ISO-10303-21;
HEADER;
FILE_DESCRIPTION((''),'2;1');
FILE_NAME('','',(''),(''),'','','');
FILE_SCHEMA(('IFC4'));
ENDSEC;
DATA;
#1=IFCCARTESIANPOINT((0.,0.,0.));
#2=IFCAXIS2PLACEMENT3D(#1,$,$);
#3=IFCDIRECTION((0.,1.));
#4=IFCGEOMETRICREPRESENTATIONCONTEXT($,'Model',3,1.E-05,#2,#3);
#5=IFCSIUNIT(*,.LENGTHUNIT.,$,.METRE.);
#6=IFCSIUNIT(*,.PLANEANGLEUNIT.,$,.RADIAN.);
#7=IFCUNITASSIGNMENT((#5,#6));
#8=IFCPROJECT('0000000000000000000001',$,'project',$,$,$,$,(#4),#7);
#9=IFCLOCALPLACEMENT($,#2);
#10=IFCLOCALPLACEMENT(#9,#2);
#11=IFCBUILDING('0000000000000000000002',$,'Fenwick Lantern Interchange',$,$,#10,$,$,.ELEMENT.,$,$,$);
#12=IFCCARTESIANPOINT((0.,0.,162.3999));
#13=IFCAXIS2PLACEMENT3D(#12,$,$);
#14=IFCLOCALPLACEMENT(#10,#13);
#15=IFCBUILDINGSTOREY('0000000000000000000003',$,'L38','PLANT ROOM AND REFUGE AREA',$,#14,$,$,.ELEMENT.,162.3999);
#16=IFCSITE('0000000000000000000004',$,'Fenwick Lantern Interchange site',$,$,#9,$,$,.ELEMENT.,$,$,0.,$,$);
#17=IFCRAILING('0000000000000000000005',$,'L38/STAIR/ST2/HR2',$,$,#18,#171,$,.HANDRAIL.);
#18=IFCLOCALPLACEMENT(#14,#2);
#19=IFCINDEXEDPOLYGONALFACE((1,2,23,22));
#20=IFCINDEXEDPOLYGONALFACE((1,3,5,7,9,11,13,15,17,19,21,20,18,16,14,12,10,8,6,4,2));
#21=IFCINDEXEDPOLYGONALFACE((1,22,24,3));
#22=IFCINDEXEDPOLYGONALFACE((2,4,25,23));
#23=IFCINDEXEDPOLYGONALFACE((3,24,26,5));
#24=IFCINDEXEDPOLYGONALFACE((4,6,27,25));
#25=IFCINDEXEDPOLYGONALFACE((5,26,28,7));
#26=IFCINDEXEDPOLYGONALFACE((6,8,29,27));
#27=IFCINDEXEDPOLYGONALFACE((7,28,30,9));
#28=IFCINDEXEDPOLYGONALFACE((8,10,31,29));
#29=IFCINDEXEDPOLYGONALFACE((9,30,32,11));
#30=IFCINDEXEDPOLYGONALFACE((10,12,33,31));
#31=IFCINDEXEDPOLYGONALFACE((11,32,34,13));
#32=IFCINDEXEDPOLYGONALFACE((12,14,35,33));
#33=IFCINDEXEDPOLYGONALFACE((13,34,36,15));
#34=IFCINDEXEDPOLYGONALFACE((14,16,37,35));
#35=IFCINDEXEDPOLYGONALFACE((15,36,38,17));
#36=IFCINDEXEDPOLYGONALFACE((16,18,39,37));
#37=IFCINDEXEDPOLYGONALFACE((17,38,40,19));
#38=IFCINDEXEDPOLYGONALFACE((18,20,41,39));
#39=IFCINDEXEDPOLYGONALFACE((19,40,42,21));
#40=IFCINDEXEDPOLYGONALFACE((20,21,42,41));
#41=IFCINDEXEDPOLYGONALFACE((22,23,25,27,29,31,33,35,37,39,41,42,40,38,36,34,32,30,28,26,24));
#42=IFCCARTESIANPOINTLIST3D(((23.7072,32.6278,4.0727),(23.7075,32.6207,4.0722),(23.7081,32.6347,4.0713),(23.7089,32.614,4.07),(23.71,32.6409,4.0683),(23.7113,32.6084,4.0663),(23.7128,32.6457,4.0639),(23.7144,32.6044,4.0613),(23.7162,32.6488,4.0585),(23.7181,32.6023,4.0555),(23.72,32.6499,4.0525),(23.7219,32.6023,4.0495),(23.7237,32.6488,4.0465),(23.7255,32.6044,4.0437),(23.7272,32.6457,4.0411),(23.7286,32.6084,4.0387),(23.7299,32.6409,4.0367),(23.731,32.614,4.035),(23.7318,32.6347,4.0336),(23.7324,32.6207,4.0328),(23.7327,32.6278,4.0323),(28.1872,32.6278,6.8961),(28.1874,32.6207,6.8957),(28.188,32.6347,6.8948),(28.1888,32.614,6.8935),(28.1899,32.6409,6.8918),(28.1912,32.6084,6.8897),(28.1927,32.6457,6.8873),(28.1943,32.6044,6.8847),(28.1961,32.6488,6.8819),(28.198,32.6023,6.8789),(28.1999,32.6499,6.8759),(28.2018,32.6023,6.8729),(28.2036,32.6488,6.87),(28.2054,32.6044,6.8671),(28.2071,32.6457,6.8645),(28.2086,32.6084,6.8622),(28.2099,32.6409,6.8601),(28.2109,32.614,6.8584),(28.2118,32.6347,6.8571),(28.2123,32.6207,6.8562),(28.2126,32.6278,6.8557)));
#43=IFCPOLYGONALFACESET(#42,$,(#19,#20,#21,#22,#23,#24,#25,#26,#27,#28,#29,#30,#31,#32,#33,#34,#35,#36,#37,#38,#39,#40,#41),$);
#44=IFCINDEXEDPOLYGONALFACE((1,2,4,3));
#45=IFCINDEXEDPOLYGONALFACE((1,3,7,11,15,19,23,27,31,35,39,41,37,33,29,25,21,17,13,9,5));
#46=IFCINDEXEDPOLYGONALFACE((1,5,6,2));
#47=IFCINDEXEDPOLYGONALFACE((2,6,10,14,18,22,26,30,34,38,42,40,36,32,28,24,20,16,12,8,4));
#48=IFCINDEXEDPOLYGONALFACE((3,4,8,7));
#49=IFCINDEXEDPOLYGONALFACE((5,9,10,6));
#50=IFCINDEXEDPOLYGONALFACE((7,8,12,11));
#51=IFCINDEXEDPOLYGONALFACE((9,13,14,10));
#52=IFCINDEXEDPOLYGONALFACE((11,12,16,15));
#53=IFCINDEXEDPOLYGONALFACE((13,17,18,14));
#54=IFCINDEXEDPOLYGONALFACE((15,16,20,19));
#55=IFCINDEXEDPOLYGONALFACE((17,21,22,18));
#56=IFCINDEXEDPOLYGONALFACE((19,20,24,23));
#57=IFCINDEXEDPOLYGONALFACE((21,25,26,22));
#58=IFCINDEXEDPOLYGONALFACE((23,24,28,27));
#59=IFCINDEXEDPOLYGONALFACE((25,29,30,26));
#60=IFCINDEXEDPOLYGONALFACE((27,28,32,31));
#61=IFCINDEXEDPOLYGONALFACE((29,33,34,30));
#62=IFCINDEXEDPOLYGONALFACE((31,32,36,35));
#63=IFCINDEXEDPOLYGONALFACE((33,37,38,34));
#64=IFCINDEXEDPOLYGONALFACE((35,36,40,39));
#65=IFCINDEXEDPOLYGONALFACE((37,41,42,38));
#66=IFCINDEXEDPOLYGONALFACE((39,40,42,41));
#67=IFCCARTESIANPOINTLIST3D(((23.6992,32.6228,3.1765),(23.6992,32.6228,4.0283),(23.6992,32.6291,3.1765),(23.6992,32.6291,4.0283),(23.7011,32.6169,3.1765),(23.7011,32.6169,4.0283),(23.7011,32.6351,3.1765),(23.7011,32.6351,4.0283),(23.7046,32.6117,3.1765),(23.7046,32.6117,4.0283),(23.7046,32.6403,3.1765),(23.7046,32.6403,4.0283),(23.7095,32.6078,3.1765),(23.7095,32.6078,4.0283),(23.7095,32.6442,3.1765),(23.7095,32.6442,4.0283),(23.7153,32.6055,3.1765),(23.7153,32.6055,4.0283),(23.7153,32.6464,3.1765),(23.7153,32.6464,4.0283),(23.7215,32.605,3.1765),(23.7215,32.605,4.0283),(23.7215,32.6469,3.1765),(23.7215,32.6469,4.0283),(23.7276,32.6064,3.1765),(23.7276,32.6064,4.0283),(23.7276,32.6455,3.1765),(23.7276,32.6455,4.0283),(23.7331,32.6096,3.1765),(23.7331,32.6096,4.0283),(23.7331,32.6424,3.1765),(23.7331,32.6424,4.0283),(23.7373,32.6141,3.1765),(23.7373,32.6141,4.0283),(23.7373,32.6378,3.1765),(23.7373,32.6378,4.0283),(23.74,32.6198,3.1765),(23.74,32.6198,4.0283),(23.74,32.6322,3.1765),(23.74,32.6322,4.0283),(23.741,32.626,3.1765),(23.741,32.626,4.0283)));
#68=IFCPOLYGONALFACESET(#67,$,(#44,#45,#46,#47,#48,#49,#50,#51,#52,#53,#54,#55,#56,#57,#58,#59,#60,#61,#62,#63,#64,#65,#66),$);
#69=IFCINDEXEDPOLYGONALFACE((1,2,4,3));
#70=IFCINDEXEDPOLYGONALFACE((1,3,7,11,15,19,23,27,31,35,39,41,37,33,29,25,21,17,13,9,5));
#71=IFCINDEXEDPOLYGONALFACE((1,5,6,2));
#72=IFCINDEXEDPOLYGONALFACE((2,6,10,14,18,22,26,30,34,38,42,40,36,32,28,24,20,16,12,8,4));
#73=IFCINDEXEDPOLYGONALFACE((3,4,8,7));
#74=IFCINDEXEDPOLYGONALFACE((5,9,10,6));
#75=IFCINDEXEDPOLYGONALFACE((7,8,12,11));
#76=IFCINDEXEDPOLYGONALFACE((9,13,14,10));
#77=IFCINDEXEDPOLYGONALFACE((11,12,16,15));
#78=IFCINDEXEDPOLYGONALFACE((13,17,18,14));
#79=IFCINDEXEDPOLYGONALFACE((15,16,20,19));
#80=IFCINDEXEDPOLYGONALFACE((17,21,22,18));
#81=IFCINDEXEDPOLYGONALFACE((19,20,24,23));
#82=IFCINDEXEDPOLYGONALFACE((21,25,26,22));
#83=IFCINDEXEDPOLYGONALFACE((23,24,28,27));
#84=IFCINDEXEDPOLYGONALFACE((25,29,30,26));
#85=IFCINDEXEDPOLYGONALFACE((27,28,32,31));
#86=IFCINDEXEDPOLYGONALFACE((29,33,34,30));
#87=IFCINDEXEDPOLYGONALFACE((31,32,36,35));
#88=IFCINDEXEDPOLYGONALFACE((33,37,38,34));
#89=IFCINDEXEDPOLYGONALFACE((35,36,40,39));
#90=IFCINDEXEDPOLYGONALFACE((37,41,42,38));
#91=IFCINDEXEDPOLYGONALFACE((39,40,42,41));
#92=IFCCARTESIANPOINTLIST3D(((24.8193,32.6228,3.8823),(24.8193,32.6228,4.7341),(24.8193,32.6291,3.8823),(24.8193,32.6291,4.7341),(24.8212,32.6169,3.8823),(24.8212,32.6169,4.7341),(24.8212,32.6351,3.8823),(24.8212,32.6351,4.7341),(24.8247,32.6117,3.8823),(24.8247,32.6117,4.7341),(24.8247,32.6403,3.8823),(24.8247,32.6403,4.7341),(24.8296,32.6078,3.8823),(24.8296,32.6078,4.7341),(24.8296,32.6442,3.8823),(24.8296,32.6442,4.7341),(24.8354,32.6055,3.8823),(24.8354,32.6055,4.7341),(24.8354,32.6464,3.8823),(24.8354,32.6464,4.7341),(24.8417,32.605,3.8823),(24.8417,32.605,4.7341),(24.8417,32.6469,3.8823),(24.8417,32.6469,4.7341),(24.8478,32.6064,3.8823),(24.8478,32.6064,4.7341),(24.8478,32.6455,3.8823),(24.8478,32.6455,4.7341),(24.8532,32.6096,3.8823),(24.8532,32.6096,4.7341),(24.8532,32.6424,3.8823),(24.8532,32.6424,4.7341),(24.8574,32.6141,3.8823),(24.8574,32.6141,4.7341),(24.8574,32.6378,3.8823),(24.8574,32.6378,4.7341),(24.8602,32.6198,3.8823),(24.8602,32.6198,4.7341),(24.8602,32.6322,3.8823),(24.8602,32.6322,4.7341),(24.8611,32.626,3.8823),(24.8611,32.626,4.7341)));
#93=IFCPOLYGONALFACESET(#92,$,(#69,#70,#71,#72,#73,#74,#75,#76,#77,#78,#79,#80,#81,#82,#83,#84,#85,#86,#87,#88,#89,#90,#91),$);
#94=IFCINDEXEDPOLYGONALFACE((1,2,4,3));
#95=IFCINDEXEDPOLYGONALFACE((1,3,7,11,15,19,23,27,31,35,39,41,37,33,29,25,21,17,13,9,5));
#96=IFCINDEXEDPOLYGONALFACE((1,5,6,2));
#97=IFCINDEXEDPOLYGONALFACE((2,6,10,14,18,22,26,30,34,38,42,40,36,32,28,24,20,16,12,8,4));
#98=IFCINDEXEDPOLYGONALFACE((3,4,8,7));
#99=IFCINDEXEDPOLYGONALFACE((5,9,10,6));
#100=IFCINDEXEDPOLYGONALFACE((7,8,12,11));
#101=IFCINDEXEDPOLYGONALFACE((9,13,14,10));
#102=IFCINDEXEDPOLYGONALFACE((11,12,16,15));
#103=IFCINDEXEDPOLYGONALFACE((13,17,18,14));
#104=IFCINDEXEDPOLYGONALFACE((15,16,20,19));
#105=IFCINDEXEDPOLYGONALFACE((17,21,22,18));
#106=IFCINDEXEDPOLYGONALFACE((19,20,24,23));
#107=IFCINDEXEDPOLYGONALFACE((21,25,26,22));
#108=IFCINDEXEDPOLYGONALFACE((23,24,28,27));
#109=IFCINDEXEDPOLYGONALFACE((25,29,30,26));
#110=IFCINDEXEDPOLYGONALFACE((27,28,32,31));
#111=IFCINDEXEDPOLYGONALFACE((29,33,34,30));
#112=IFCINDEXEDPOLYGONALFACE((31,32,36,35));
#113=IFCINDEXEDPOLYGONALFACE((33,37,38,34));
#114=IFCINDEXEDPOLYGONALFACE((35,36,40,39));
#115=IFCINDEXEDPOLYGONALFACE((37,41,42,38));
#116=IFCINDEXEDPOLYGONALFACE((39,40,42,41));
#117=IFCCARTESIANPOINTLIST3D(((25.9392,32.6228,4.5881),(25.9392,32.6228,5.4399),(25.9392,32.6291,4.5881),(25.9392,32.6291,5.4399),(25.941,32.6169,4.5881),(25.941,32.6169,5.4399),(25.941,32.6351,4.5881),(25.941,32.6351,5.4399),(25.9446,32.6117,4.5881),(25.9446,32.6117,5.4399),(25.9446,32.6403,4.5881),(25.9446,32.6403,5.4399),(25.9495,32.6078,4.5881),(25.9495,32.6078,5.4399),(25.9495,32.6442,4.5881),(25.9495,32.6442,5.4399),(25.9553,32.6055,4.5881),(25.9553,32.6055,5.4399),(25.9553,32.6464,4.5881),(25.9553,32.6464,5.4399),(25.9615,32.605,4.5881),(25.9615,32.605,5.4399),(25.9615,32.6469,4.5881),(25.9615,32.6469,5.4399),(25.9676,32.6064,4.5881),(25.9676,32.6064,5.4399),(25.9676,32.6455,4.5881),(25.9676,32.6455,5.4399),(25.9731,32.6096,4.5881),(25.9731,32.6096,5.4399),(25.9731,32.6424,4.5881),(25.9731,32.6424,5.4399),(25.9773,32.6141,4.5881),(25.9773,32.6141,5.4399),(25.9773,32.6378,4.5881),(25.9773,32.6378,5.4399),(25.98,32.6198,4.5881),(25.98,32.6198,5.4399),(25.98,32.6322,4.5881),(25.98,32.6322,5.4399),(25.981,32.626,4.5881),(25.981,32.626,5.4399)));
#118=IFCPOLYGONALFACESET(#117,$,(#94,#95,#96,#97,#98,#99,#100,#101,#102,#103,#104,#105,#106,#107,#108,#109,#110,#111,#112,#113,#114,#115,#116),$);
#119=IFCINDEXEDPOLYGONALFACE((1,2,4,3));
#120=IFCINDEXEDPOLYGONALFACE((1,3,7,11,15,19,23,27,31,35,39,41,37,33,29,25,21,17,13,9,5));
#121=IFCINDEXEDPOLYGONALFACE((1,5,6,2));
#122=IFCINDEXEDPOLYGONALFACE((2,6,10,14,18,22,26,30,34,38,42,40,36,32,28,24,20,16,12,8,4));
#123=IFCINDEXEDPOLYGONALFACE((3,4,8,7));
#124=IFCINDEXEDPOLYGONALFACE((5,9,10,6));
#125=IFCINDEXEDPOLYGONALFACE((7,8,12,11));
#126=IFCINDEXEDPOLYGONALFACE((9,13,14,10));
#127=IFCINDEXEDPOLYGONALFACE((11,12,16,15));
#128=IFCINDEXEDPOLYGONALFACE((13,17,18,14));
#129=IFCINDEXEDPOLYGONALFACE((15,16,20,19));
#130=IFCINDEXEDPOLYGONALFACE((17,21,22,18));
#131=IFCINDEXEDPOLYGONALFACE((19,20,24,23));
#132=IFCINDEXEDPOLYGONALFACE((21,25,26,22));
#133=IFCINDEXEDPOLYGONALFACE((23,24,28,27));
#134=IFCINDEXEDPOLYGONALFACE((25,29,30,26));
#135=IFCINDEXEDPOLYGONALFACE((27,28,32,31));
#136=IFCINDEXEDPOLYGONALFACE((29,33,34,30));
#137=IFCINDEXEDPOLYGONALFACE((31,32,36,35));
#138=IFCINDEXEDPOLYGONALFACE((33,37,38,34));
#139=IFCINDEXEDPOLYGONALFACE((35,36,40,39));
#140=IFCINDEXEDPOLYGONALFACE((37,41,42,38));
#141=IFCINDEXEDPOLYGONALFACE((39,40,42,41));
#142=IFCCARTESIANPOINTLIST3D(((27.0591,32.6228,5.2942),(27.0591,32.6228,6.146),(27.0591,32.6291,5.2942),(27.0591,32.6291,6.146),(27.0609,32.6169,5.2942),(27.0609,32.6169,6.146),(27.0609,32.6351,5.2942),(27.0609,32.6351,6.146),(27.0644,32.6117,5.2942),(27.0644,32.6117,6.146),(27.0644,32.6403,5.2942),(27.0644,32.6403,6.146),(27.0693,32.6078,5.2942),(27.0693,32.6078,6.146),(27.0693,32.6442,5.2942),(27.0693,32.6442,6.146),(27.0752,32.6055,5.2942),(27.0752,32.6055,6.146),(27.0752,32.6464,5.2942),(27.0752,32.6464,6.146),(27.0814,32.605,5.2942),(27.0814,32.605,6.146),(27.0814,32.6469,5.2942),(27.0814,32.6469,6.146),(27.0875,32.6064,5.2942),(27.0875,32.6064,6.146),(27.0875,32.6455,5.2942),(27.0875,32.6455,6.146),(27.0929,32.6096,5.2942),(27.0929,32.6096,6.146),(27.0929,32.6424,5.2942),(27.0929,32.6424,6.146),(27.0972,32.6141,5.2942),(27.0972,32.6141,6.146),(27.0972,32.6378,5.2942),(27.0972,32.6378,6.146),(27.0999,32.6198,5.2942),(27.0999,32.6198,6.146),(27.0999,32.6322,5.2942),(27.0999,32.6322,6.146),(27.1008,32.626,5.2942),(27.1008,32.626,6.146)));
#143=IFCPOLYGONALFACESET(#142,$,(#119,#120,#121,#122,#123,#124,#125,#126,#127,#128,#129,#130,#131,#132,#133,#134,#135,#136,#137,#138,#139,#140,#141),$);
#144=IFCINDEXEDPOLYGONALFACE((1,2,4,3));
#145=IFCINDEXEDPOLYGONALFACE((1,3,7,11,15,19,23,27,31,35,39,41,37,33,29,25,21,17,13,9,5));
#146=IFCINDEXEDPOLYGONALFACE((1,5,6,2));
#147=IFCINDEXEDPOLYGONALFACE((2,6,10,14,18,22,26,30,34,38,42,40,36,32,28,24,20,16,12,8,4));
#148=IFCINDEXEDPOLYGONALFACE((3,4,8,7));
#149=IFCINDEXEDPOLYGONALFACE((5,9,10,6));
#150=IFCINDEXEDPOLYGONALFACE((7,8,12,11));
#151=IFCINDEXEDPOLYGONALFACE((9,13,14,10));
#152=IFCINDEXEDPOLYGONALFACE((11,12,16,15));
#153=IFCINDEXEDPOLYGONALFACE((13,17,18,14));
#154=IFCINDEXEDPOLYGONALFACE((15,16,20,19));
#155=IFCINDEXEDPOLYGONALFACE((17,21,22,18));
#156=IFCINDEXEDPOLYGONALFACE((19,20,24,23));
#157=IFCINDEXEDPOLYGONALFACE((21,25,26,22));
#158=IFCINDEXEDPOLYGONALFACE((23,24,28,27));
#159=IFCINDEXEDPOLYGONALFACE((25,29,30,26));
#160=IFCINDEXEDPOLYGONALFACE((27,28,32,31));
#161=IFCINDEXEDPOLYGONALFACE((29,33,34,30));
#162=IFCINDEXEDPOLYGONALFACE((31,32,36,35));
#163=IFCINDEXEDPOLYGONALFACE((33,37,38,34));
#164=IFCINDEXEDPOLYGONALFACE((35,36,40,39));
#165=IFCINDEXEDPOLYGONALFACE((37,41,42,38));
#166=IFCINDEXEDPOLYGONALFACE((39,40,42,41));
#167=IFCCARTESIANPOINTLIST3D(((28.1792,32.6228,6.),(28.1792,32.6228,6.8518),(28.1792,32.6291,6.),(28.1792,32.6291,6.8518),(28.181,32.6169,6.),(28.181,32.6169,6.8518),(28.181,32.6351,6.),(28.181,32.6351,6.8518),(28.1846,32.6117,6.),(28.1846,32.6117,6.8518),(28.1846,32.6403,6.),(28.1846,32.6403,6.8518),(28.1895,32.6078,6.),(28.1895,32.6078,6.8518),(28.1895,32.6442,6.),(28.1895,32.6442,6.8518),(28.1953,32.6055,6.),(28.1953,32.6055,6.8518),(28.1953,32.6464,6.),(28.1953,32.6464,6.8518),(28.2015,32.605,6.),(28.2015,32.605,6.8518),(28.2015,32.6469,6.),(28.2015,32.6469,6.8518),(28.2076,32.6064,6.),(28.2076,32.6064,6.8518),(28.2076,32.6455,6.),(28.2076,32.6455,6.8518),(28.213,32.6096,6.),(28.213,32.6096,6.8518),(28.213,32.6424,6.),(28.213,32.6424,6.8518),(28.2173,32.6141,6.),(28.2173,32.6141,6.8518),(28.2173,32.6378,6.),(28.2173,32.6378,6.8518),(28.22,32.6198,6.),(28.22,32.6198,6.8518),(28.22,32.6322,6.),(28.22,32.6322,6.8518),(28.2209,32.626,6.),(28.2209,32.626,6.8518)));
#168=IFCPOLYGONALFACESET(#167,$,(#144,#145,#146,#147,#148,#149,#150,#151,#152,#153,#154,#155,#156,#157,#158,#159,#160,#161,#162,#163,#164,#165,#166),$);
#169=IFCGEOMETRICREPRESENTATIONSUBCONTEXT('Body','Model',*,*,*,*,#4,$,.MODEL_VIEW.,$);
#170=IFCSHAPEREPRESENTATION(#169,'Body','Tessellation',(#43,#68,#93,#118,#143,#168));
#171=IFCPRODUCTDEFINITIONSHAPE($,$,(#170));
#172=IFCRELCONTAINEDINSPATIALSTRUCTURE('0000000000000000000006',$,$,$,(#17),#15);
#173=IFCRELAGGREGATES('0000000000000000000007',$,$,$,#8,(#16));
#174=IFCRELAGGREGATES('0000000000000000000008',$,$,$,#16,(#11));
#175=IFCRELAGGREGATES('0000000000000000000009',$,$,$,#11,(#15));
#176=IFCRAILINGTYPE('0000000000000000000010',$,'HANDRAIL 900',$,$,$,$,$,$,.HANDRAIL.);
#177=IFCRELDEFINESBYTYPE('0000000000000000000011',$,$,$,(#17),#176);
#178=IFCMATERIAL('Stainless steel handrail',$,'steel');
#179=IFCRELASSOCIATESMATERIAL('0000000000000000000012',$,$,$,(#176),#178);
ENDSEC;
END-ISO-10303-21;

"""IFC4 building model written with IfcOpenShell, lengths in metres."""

from ifc_helpers import new_model, si_unit, direction, frame, origin, origin_2d, place, context, subcontext, project, spatial, circle, extrude, material, type_object, element, save


model = new_model("IFC4")

# Units and contexts
model_context = context("Model", 3, precision=1e-05, world=origin(), true_north=direction((0.0, 1.0)))
body_context = subcontext(model_context, "Body", "Model", "MODEL_VIEW")
ifc_project = project(units=[si_unit("LENGTHUNIT", "METRE"), si_unit("PLANEANGLEUNIT", "RADIAN")], contexts=[model_context])

# Site, building, storey
site_placement = place(None, origin())
site = spatial("IfcSite", under=ifc_project, at=site_placement, Name="Fenwick Lantern Interchange site", CompositionType="ELEMENT", RefElevation=0.0)
building_placement = place(site_placement, origin())
building = spatial("IfcBuilding", under=site, at=building_placement, Name="Fenwick Lantern Interchange", CompositionType="ELEMENT")
storey_placement = place(building_placement, frame((0.0, 0.0, 162.3999)))
storey = spatial("IfcBuildingStorey", under=building, at=storey_placement, Name="L38", Description="PLANT ROOM AND REFUGE AREA", CompositionType="ELEMENT", Elevation=162.3999)

# Railing
ifc_material_1 = material(Name="Stainless steel handrail", Category="steel")
railing_type = type_object("IfcRailingType", Name="HANDRAIL 900", PredefinedType="HANDRAIL", material=ifc_material_1)
railing_1_placement = place(storey_placement, frame((23.72, 32.626, 3.1765)))
element("IfcRailing", 1, at=railing_1_placement, inside=storey, type_object=railing_type, Name="L38/STAIR/ST2/HR2", PredefinedType="HANDRAIL", context=body_context, shape_type="SweptSolid", body=[
    extrude(circle(Radius=0.0239, at=origin_2d()), frame((0.0, 0.0, 0.876), z_axis=(0.845998, 0.0, 0.533186), x_axis=(0.0, 1.0, 0.0)), (0.0, 0.0, 1.0), 5.2954),
    extrude(circle(Radius=0.021, at=origin_2d()), origin(), (0.0, 0.0, 1.0), 0.8518),
    extrude(circle(Radius=0.021, at=origin_2d()), frame((1.1201, 0.0, 0.7058)), (0.0, 0.0, 1.0), 0.8518),
    extrude(circle(Radius=0.021, at=origin_2d()), frame((2.24, 0.0, 1.4116)), (0.0, 0.0, 1.0), 0.8518),
    extrude(circle(Radius=0.021, at=origin_2d()), frame((3.3599, 0.0, 2.1177)), (0.0, 0.0, 1.0), 0.8518),
    extrude(circle(Radius=0.021, at=origin_2d()), frame((4.48, 0.0, 2.8235)), (0.0, 0.0, 1.0), 0.8518),
])

save(model, "model.ifc")
